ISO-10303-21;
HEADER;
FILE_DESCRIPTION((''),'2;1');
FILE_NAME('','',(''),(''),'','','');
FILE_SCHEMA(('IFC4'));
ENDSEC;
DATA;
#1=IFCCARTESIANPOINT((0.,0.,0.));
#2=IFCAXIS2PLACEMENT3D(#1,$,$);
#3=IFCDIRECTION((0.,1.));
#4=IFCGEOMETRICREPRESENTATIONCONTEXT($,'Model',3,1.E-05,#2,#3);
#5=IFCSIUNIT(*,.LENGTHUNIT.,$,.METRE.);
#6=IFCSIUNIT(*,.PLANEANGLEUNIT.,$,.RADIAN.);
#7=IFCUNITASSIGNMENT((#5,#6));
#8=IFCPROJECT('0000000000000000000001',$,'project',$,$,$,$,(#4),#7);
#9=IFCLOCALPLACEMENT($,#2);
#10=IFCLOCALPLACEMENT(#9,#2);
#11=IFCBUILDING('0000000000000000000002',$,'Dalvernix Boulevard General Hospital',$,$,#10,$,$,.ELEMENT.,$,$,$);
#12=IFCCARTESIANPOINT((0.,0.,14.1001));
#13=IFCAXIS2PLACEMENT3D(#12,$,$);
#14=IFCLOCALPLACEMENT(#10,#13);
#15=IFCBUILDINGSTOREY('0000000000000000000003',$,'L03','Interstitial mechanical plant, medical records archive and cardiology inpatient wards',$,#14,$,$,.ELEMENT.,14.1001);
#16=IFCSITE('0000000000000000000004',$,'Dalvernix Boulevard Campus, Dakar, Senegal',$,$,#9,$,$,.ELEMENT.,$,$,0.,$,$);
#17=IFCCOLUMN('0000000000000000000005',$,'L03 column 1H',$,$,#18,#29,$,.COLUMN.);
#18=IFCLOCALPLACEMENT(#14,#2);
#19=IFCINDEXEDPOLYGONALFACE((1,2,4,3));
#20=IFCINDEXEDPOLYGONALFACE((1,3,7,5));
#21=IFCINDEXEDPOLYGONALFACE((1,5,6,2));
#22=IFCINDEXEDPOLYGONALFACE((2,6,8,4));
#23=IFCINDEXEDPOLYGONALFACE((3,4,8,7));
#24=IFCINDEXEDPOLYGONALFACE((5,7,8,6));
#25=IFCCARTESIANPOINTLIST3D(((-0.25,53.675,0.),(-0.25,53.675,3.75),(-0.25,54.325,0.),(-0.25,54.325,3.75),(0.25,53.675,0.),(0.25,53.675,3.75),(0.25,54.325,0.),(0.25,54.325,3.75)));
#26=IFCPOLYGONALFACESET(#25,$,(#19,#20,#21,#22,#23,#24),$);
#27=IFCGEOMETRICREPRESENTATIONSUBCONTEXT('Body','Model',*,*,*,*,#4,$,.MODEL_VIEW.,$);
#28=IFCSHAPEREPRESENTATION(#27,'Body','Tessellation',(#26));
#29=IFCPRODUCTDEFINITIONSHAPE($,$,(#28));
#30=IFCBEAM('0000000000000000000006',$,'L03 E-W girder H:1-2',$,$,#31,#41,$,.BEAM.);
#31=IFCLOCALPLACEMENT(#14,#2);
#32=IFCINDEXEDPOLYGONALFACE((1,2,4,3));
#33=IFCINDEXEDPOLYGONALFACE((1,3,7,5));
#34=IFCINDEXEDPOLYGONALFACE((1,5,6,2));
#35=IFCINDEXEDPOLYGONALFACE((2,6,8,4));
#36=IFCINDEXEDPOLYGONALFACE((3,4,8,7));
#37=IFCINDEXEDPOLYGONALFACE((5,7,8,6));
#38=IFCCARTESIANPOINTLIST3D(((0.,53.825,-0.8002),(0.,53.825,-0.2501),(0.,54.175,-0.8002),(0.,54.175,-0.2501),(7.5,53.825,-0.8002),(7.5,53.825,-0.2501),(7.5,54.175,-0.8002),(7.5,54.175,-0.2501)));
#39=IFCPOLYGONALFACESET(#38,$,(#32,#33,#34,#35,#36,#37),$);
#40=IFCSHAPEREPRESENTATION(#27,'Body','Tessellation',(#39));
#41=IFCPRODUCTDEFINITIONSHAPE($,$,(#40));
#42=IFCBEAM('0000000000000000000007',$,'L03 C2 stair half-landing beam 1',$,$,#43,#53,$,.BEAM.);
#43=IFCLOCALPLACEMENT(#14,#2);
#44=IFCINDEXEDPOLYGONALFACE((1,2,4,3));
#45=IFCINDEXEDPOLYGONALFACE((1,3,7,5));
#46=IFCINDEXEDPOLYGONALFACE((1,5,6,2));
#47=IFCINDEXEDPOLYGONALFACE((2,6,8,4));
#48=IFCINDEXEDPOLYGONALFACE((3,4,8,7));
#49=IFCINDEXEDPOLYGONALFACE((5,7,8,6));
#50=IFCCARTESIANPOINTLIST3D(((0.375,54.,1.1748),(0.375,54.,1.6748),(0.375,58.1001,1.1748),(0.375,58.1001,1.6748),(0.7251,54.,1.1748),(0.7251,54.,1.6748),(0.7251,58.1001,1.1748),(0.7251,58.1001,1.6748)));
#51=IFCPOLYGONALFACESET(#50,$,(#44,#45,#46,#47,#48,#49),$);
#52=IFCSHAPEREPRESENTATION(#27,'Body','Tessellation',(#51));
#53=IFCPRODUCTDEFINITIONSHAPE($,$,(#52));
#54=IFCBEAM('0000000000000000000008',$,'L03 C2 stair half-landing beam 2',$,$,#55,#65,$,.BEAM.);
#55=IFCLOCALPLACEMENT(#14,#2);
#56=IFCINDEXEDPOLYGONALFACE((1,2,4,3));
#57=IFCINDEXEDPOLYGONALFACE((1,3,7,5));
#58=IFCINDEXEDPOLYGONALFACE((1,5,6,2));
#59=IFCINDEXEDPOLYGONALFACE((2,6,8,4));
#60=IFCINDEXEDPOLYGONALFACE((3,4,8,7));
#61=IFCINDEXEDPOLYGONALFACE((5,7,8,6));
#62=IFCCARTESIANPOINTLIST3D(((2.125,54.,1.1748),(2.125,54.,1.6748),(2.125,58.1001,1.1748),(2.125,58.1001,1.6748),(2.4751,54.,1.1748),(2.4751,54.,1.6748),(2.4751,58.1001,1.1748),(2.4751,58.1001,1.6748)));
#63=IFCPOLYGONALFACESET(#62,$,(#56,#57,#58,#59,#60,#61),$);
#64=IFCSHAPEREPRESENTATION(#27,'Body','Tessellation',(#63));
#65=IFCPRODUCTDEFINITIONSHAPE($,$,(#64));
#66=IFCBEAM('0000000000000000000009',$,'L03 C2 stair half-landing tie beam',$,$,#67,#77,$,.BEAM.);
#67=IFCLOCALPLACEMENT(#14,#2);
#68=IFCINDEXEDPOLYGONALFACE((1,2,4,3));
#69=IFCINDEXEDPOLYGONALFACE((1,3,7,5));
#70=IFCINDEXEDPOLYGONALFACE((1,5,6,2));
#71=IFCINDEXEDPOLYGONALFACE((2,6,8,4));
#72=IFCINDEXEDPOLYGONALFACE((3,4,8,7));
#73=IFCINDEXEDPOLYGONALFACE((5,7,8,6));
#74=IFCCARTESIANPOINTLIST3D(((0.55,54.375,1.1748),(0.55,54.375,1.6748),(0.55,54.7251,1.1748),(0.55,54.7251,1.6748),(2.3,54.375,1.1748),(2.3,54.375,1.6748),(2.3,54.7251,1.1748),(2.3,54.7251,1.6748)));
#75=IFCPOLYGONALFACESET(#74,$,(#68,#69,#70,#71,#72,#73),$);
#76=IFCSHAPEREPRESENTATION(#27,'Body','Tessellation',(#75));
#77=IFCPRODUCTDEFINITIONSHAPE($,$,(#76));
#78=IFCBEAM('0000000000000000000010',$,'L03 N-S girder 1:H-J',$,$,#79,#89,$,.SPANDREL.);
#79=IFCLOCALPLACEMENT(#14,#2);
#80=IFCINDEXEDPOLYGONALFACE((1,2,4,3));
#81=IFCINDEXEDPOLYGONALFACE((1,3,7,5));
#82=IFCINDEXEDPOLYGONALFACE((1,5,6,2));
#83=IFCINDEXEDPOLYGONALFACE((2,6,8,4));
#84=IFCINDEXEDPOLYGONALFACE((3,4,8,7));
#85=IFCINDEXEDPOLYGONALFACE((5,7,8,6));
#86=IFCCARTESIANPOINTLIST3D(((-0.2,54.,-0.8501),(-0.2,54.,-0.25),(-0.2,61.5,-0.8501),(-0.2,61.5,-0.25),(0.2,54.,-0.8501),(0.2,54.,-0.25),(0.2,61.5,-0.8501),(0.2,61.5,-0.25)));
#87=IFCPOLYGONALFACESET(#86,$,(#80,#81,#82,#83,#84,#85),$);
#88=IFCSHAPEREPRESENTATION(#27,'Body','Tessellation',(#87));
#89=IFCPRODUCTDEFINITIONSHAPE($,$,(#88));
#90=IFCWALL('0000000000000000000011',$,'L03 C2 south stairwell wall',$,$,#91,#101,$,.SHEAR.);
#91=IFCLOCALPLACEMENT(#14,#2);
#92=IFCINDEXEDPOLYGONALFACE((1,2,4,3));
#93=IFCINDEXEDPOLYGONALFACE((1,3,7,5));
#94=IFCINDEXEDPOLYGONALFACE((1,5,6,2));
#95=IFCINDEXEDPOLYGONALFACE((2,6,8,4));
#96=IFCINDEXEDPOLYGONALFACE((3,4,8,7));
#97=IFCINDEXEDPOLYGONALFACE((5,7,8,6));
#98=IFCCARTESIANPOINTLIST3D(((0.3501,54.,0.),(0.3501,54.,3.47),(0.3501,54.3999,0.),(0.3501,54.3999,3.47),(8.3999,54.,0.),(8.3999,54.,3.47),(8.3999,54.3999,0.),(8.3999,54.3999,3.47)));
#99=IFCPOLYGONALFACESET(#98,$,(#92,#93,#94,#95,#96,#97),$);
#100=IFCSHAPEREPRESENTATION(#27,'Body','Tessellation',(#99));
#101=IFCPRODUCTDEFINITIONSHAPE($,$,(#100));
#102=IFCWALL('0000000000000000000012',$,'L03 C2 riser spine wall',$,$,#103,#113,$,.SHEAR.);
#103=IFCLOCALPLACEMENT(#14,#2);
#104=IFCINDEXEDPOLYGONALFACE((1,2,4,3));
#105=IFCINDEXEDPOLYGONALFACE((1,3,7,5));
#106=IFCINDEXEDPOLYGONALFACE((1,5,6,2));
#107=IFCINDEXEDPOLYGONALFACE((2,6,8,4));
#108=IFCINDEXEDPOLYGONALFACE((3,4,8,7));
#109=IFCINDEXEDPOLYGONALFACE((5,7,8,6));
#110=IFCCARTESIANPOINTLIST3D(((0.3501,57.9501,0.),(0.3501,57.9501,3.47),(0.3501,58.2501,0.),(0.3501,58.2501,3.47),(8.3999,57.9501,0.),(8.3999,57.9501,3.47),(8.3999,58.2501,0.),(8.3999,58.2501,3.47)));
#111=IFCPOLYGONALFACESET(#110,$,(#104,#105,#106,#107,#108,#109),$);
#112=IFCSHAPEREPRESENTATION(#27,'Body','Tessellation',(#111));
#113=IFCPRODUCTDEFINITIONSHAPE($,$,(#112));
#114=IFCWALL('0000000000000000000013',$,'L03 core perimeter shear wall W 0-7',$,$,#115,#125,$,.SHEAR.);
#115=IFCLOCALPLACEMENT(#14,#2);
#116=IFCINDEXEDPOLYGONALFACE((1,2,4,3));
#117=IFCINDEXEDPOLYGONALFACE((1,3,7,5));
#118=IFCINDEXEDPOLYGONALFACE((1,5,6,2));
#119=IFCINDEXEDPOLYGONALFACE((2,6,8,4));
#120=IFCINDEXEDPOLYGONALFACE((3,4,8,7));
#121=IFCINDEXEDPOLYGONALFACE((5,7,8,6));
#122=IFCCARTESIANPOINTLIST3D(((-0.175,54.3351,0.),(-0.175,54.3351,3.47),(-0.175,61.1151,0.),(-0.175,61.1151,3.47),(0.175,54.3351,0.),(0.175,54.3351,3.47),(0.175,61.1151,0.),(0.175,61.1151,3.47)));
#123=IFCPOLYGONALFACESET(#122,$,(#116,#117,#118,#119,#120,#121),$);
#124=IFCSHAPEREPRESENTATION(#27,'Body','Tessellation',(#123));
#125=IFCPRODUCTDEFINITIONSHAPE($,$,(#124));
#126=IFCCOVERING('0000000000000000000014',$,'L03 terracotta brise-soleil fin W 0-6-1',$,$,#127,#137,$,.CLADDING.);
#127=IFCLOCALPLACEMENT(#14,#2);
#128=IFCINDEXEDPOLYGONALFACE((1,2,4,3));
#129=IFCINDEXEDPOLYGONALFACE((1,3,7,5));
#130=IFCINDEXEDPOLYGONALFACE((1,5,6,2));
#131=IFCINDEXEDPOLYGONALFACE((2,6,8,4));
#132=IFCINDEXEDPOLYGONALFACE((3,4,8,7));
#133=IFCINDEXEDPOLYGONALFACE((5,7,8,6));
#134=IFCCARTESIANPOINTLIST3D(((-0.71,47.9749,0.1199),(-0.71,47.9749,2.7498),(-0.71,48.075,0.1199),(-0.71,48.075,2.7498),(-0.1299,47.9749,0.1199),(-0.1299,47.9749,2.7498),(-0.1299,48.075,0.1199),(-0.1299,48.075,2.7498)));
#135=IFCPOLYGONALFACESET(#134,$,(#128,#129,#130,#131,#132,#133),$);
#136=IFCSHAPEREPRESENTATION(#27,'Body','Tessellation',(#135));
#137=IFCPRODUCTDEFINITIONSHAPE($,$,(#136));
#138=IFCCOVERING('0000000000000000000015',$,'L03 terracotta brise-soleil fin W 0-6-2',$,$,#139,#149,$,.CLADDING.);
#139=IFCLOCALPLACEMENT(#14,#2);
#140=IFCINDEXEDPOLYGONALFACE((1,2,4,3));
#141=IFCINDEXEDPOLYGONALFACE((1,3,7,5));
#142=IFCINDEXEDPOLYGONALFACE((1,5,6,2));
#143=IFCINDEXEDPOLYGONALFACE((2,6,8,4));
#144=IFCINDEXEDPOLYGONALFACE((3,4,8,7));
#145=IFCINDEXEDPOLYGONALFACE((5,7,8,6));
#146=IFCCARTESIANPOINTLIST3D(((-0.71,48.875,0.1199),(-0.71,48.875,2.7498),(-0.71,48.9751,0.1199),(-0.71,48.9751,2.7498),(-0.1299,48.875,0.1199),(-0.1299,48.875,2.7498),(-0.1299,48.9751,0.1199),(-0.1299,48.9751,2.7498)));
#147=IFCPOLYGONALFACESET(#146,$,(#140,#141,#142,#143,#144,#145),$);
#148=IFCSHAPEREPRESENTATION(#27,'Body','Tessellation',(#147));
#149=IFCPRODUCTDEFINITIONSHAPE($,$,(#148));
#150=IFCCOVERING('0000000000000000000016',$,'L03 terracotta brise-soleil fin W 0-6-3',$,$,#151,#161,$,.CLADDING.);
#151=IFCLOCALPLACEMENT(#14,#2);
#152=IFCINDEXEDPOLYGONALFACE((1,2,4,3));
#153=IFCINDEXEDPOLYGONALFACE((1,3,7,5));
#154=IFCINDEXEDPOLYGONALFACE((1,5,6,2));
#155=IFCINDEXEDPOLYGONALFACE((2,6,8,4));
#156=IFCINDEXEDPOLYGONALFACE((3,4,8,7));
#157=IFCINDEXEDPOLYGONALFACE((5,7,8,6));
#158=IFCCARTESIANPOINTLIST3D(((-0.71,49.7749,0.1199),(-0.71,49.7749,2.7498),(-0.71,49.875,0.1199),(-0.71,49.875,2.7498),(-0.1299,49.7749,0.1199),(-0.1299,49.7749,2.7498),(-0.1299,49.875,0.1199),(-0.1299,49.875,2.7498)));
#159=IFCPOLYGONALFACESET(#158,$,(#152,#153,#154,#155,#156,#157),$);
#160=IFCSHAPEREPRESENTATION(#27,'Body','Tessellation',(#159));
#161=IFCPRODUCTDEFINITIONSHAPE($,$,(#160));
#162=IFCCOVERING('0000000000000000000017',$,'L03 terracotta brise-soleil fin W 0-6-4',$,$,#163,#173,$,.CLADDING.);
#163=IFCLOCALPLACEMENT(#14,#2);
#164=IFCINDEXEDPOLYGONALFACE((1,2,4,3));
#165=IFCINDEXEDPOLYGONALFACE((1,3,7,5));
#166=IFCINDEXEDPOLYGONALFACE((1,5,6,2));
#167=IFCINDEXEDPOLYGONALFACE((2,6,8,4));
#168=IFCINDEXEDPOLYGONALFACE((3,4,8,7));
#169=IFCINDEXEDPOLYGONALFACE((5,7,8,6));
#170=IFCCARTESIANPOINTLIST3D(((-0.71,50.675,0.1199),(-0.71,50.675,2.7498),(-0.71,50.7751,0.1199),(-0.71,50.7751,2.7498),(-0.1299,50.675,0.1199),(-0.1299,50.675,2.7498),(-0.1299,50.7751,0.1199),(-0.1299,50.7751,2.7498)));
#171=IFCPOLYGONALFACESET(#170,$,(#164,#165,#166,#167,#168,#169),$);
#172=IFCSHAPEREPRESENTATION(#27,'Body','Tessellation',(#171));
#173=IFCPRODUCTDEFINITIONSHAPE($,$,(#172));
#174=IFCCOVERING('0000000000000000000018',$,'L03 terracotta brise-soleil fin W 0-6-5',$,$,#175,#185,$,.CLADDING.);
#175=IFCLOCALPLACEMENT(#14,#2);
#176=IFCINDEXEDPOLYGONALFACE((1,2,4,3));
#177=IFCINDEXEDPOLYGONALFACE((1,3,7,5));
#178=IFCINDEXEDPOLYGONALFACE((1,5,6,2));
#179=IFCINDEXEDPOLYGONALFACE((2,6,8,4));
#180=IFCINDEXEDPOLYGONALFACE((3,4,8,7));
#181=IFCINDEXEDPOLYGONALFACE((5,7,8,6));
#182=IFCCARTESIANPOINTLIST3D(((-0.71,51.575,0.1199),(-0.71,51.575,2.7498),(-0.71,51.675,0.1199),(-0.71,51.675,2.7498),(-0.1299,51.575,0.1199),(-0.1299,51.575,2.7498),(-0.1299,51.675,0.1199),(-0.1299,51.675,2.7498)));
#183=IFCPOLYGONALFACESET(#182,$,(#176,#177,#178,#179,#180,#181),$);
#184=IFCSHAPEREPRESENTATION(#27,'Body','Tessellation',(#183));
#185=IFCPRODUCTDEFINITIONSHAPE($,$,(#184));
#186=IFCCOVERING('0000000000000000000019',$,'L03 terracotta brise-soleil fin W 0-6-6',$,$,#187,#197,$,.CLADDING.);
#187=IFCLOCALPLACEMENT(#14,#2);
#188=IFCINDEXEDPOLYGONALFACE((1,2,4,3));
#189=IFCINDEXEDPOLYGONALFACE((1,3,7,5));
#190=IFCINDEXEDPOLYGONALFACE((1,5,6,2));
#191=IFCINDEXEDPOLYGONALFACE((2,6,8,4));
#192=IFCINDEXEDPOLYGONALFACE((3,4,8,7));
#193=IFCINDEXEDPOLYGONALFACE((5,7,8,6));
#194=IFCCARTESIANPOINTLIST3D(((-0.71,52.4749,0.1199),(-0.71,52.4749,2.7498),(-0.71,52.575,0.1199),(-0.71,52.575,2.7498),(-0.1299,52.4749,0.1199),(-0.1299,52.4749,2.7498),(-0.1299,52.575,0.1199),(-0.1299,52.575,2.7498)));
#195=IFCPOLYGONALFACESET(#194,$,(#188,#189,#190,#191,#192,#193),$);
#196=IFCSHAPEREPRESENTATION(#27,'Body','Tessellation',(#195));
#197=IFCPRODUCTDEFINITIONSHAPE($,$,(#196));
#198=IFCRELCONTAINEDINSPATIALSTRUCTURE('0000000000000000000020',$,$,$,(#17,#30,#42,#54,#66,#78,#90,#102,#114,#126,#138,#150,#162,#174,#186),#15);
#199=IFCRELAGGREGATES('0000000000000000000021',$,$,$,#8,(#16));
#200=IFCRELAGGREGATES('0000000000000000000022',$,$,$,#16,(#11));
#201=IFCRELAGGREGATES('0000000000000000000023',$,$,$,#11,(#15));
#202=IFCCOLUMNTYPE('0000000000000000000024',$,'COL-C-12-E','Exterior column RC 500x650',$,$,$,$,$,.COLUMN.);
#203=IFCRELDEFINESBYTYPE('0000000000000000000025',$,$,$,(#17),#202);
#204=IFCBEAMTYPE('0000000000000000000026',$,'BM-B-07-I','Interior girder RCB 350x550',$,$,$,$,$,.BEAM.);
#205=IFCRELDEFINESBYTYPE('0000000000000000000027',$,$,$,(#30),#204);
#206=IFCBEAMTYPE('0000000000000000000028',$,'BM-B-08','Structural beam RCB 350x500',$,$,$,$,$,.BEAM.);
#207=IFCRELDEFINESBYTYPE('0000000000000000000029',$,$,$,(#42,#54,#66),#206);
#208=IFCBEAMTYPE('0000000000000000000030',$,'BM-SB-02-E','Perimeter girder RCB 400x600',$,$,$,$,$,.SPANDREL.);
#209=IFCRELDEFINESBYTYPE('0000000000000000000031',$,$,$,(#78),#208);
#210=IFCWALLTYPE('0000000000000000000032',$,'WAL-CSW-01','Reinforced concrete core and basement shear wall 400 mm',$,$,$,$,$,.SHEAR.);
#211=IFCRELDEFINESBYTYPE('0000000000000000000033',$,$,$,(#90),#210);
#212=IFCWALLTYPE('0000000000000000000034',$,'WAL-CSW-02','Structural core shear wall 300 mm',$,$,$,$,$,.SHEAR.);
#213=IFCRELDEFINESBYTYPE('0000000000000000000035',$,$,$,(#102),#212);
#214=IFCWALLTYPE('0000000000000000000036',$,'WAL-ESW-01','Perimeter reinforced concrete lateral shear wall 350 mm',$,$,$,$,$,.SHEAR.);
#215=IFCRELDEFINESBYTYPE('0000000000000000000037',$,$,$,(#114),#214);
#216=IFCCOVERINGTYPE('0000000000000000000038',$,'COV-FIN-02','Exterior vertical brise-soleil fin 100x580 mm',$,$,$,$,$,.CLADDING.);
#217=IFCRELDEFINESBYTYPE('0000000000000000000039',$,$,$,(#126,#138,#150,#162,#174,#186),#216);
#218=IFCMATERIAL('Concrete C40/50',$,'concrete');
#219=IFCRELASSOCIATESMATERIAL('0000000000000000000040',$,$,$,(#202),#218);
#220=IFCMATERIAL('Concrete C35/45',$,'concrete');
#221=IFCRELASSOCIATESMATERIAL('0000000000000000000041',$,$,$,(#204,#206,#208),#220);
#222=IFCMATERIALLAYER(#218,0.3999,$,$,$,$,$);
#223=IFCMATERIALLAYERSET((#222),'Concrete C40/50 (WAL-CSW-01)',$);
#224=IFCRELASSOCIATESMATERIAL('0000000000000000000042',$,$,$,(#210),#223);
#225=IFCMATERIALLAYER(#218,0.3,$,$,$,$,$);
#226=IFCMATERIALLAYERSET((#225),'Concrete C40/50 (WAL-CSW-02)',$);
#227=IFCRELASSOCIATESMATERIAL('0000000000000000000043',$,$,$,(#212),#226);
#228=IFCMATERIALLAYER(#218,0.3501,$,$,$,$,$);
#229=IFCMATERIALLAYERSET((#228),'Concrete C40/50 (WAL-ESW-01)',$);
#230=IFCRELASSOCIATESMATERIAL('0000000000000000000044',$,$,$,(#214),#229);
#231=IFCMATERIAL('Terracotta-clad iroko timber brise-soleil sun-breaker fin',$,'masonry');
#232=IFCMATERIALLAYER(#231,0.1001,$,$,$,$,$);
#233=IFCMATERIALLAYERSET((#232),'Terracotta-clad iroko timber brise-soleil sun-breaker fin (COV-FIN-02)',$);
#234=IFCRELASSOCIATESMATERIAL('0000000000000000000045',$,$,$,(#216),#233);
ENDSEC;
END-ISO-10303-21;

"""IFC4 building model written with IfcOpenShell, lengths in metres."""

from ifc_helpers import new_model, si_unit, direction, frame, frame_2d, origin, origin_2d, place, context, subcontext, project, spatial, rectangle, extrude, material, layer, layer_set, material_profile, profile_set, type_object, element, save


model = new_model("IFC4")

# Units and contexts
model_context = context("Model", 3, precision=1e-05, world=origin(), true_north=direction((0.0, 1.0)))
body_context = subcontext(model_context, "Body", "Model", "MODEL_VIEW")
ifc_project = project(units=[si_unit("LENGTHUNIT", "METRE"), si_unit("PLANEANGLEUNIT", "RADIAN")], contexts=[model_context])

# Site, building, storey
site_placement = place(None, origin())
site = spatial("IfcSite", under=ifc_project, at=site_placement, Name="Dalvernix Boulevard Campus, Dakar, Senegal", CompositionType="ELEMENT", RefElevation=0.0)
building_placement = place(site_placement, origin())
building = spatial("IfcBuilding", under=site, at=building_placement, Name="Dalvernix Boulevard General Hospital", CompositionType="ELEMENT")
storey_placement = place(building_placement, frame((0.0, 0.0, 14.1001)))
storey = spatial("IfcBuildingStorey", under=building, at=storey_placement, Name="L03", Description="Interstitial mechanical plant, medical records archive and cardiology inpatient wards", CompositionType="ELEMENT", Elevation=14.1001)

# Column
ifc_material_1 = material(Name="Concrete C40/50", Category="concrete")
ifc_material_profile_1 = material_profile(ifc_material_1, rectangle(XDim=0.5, YDim=0.6499, at=origin_2d()), Name="RC 500x650")
ifc_profile_set_1 = profile_set([ifc_material_profile_1], Name="Concrete C40/50")
column_type = type_object("IfcColumnType", Name="COL-C-12-E", Description="Exterior column RC 500x650", PredefinedType="COLUMN", material=ifc_profile_set_1)
column_placement = place(storey_placement, frame((0.0, 54.0, 0.0), z_axis=(0.0, 0.0, 1.0), x_axis=(1.0, 0.0, 0.0)))
element("IfcColumn", 1, at=column_placement, inside=storey, type_object=column_type, Name="L03 column 1H", PredefinedType="COLUMN", context=body_context, shape_type="SweptSolid", body=[
    extrude(rectangle(XDim=0.5, YDim=0.6499, at=origin_2d()), origin(), (0.0, 0.0, 1.0), 3.75),
])

# Beams
ifc_material_2 = material(Name="Concrete C35/45", Category="concrete")
ifc_material_profile_2 = material_profile(ifc_material_2, rectangle(XDim=0.3501, YDim=0.55, at=origin_2d()), Name="RCB 350x550")
ifc_profile_set_2 = profile_set([ifc_material_profile_2], Name="Concrete C35/45")
beam_type_1 = type_object("IfcBeamType", Name="BM-B-07-I", Description="Interior girder RCB 350x550", PredefinedType="BEAM", material=ifc_profile_set_2)
beam_1_placement = place(storey_placement, frame((0.0, 54.0, -0.5251), z_axis=(1.0, 0.0, 0.0), x_axis=(0.0, 1.0, 0.0)))
element("IfcBeam", 2, at=beam_1_placement, inside=storey, type_object=beam_type_1, Name="L03 E-W girder H:1-2", PredefinedType="BEAM", context=body_context, shape_type="SweptSolid", body=[
    extrude(rectangle(XDim=0.3501, YDim=0.55, at=origin_2d()), origin(), (0.0, 0.0, 1.0), 7.5),
])
ifc_material_profile_3 = material_profile(ifc_material_2, rectangle(XDim=0.3501, YDim=0.5, at=origin_2d()), Name="RCB 350x500")
ifc_profile_set_3 = profile_set([ifc_material_profile_3], Name="Concrete C35/45")
beam_type_2 = type_object("IfcBeamType", Name="BM-B-08", Description="Structural beam RCB 350x500", PredefinedType="BEAM", material=ifc_profile_set_3)
for number, where, z_axis, x_axis, name in (
    (3, (0.55, 54.0, 1.4248), (0.0, 1.0, 0.0), (-1.0, 0.0, 0.0), "L03 C2 stair half-landing beam 1"),
    (4, (2.3, 54.0, 1.4248), (0.0, 1.0, 0.0), (-1.0, 0.0, 0.0), "L03 C2 stair half-landing beam 2"),
):
    element("IfcBeam", number, at=place(storey_placement, frame(where, z_axis=z_axis, x_axis=x_axis)), inside=storey, type_object=beam_type_2, Name=name, PredefinedType="BEAM", context=body_context, shape_type="SweptSolid", body=[
        extrude(rectangle(XDim=0.3501, YDim=0.5, at=origin_2d()), origin(), (0.0, 0.0, 1.0), 4.1001),
    ])
beam_2_placement = place(storey_placement, frame((0.55, 54.55, 1.4248), z_axis=(1.0, 0.0, 0.0), x_axis=(0.0, 1.0, 0.0)))
element("IfcBeam", 5, at=beam_2_placement, inside=storey, type_object=beam_type_2, Name="L03 C2 stair half-landing tie beam", PredefinedType="BEAM", context=body_context, shape_type="SweptSolid", body=[
    extrude(rectangle(XDim=0.3501, YDim=0.5, at=origin_2d()), origin(), (0.0, 0.0, 1.0), 1.75),
])
ifc_material_profile_4 = material_profile(ifc_material_2, rectangle(XDim=0.3999, YDim=0.6001, at=origin_2d()), Name="RCB 400x600")
ifc_profile_set_4 = profile_set([ifc_material_profile_4], Name="Concrete C35/45")
beam_type_3 = type_object("IfcBeamType", Name="BM-SB-02-E", Description="Perimeter girder RCB 400x600", PredefinedType="SPANDREL", material=ifc_profile_set_4)
beam_3_placement = place(storey_placement, frame((0.0, 54.0, -0.55), z_axis=(0.0, 1.0, 0.0), x_axis=(-1.0, 0.0, 0.0)))
element("IfcBeam", 6, at=beam_3_placement, inside=storey, type_object=beam_type_3, Name="L03 N-S girder 1:H-J", PredefinedType="SPANDREL", context=body_context, shape_type="SweptSolid", body=[
    extrude(rectangle(XDim=0.3999, YDim=0.6001, at=origin_2d()), origin(), (0.0, 0.0, 1.0), 7.5),
])

# Walls
ifc_layer_1 = layer(ifc_material_1, 0.3999)
ifc_layer_set_1 = layer_set([ifc_layer_1], Name="Concrete C40/50 (WAL-CSW-01)")
wall_type_1 = type_object("IfcWallType", Name="WAL-CSW-01", Description="Reinforced concrete core and basement shear wall 400 mm", PredefinedType="SHEAR", material=ifc_layer_set_1)
wall_1_placement = place(storey_placement, frame((0.3501, 54.2, 0.0), z_axis=(0.0, 0.0, 1.0), x_axis=(1.0, 0.0, 0.0)))
element("IfcWall", 7, at=wall_1_placement, inside=storey, type_object=wall_type_1, Name="L03 C2 south stairwell wall", PredefinedType="SHEAR", context=body_context, shape_type="SweptSolid", body=[
    extrude(rectangle(XDim=8.0498, YDim=0.3999, at=frame_2d((4.0249, 0.0))), origin(), (0.0, 0.0, 1.0), 3.47),
])
ifc_layer_2 = layer(ifc_material_1, 0.3)
ifc_layer_set_2 = layer_set([ifc_layer_2], Name="Concrete C40/50 (WAL-CSW-02)")
wall_type_2 = type_object("IfcWallType", Name="WAL-CSW-02", Description="Structural core shear wall 300 mm", PredefinedType="SHEAR", material=ifc_layer_set_2)
wall_2_placement = place(storey_placement, frame((0.3501, 58.1001, 0.0), z_axis=(0.0, 0.0, 1.0), x_axis=(1.0, 0.0, 0.0)))
element("IfcWall", 8, at=wall_2_placement, inside=storey, type_object=wall_type_2, Name="L03 C2 riser spine wall", PredefinedType="SHEAR", context=body_context, shape_type="SweptSolid", body=[
    extrude(rectangle(XDim=8.0498, YDim=0.3, at=frame_2d((4.0249, 0.0))), origin(), (0.0, 0.0, 1.0), 3.47),
])
ifc_layer_3 = layer(ifc_material_1, 0.3501)
ifc_layer_set_3 = layer_set([ifc_layer_3], Name="Concrete C40/50 (WAL-ESW-01)")
wall_type_3 = type_object("IfcWallType", Name="WAL-ESW-01", Description="Perimeter reinforced concrete lateral shear wall 350 mm", PredefinedType="SHEAR", material=ifc_layer_set_3)
wall_3_placement = place(storey_placement, frame((0.0, 54.335, 0.0), z_axis=(0.0, 0.0, 1.0), x_axis=(0.0, 1.0, 0.0)))
element("IfcWall", 9, at=wall_3_placement, inside=storey, type_object=wall_type_3, Name="L03 core perimeter shear wall W 0-7", PredefinedType="SHEAR", context=body_context, shape_type="SweptSolid", body=[
    extrude(rectangle(XDim=6.78, YDim=0.3501, at=frame_2d((3.3901, 0.0))), origin(), (0.0, 0.0, 1.0), 3.47),
])

# Coverings
ifc_material_3 = material(Name="Terracotta-clad iroko timber brise-soleil sun-breaker fin", Category="masonry")
ifc_layer_4 = layer(ifc_material_3, 0.1001)
ifc_layer_set_4 = layer_set([ifc_layer_4], Name="Terracotta-clad iroko timber brise-soleil sun-breaker fin (COV-FIN-02)")
covering_type_1 = type_object("IfcCoveringType", Name="COV-FIN-02", Description="Exterior vertical brise-soleil fin 100x580 mm", PredefinedType="CLADDING", material=ifc_layer_set_4)
for number, where, z_axis, x_axis, name in (
    (10, (-0.4199, 48.0249, 0.1199), (0.0, 0.0, 1.0), (0.0, 1.0, 0.0), "L03 terracotta brise-soleil fin W 0-6-1"),
    (11, (-0.4199, 48.925, 0.1199), (0.0, 0.0, 1.0), (0.0, 1.0, 0.0), "L03 terracotta brise-soleil fin W 0-6-2"),
    (12, (-0.4199, 49.825, 0.1199), (0.0, 0.0, 1.0), (0.0, 1.0, 0.0), "L03 terracotta brise-soleil fin W 0-6-3"),
    (13, (-0.4199, 50.7251, 0.1199), (0.0, 0.0, 1.0), (0.0, 1.0, 0.0), "L03 terracotta brise-soleil fin W 0-6-4"),
    (14, (-0.4199, 51.625, 0.1199), (0.0, 0.0, 1.0), (0.0, 1.0, 0.0), "L03 terracotta brise-soleil fin W 0-6-5"),
    (15, (-0.4199, 52.5249, 0.1199), (0.0, 0.0, 1.0), (0.0, 1.0, 0.0), "L03 terracotta brise-soleil fin W 0-6-6"),
):
    element("IfcCovering", number, at=place(storey_placement, frame(where, z_axis=z_axis, x_axis=x_axis)), inside=storey, type_object=covering_type_1, Name=name, PredefinedType="CLADDING", context=body_context, shape_type="SweptSolid", body=[
        extrude(rectangle(XDim=0.1001, YDim=0.5801, at=origin_2d()), origin(), (0.0, 0.0, 1.0), 2.6299),
    ])

save(model, "model.ifc")
